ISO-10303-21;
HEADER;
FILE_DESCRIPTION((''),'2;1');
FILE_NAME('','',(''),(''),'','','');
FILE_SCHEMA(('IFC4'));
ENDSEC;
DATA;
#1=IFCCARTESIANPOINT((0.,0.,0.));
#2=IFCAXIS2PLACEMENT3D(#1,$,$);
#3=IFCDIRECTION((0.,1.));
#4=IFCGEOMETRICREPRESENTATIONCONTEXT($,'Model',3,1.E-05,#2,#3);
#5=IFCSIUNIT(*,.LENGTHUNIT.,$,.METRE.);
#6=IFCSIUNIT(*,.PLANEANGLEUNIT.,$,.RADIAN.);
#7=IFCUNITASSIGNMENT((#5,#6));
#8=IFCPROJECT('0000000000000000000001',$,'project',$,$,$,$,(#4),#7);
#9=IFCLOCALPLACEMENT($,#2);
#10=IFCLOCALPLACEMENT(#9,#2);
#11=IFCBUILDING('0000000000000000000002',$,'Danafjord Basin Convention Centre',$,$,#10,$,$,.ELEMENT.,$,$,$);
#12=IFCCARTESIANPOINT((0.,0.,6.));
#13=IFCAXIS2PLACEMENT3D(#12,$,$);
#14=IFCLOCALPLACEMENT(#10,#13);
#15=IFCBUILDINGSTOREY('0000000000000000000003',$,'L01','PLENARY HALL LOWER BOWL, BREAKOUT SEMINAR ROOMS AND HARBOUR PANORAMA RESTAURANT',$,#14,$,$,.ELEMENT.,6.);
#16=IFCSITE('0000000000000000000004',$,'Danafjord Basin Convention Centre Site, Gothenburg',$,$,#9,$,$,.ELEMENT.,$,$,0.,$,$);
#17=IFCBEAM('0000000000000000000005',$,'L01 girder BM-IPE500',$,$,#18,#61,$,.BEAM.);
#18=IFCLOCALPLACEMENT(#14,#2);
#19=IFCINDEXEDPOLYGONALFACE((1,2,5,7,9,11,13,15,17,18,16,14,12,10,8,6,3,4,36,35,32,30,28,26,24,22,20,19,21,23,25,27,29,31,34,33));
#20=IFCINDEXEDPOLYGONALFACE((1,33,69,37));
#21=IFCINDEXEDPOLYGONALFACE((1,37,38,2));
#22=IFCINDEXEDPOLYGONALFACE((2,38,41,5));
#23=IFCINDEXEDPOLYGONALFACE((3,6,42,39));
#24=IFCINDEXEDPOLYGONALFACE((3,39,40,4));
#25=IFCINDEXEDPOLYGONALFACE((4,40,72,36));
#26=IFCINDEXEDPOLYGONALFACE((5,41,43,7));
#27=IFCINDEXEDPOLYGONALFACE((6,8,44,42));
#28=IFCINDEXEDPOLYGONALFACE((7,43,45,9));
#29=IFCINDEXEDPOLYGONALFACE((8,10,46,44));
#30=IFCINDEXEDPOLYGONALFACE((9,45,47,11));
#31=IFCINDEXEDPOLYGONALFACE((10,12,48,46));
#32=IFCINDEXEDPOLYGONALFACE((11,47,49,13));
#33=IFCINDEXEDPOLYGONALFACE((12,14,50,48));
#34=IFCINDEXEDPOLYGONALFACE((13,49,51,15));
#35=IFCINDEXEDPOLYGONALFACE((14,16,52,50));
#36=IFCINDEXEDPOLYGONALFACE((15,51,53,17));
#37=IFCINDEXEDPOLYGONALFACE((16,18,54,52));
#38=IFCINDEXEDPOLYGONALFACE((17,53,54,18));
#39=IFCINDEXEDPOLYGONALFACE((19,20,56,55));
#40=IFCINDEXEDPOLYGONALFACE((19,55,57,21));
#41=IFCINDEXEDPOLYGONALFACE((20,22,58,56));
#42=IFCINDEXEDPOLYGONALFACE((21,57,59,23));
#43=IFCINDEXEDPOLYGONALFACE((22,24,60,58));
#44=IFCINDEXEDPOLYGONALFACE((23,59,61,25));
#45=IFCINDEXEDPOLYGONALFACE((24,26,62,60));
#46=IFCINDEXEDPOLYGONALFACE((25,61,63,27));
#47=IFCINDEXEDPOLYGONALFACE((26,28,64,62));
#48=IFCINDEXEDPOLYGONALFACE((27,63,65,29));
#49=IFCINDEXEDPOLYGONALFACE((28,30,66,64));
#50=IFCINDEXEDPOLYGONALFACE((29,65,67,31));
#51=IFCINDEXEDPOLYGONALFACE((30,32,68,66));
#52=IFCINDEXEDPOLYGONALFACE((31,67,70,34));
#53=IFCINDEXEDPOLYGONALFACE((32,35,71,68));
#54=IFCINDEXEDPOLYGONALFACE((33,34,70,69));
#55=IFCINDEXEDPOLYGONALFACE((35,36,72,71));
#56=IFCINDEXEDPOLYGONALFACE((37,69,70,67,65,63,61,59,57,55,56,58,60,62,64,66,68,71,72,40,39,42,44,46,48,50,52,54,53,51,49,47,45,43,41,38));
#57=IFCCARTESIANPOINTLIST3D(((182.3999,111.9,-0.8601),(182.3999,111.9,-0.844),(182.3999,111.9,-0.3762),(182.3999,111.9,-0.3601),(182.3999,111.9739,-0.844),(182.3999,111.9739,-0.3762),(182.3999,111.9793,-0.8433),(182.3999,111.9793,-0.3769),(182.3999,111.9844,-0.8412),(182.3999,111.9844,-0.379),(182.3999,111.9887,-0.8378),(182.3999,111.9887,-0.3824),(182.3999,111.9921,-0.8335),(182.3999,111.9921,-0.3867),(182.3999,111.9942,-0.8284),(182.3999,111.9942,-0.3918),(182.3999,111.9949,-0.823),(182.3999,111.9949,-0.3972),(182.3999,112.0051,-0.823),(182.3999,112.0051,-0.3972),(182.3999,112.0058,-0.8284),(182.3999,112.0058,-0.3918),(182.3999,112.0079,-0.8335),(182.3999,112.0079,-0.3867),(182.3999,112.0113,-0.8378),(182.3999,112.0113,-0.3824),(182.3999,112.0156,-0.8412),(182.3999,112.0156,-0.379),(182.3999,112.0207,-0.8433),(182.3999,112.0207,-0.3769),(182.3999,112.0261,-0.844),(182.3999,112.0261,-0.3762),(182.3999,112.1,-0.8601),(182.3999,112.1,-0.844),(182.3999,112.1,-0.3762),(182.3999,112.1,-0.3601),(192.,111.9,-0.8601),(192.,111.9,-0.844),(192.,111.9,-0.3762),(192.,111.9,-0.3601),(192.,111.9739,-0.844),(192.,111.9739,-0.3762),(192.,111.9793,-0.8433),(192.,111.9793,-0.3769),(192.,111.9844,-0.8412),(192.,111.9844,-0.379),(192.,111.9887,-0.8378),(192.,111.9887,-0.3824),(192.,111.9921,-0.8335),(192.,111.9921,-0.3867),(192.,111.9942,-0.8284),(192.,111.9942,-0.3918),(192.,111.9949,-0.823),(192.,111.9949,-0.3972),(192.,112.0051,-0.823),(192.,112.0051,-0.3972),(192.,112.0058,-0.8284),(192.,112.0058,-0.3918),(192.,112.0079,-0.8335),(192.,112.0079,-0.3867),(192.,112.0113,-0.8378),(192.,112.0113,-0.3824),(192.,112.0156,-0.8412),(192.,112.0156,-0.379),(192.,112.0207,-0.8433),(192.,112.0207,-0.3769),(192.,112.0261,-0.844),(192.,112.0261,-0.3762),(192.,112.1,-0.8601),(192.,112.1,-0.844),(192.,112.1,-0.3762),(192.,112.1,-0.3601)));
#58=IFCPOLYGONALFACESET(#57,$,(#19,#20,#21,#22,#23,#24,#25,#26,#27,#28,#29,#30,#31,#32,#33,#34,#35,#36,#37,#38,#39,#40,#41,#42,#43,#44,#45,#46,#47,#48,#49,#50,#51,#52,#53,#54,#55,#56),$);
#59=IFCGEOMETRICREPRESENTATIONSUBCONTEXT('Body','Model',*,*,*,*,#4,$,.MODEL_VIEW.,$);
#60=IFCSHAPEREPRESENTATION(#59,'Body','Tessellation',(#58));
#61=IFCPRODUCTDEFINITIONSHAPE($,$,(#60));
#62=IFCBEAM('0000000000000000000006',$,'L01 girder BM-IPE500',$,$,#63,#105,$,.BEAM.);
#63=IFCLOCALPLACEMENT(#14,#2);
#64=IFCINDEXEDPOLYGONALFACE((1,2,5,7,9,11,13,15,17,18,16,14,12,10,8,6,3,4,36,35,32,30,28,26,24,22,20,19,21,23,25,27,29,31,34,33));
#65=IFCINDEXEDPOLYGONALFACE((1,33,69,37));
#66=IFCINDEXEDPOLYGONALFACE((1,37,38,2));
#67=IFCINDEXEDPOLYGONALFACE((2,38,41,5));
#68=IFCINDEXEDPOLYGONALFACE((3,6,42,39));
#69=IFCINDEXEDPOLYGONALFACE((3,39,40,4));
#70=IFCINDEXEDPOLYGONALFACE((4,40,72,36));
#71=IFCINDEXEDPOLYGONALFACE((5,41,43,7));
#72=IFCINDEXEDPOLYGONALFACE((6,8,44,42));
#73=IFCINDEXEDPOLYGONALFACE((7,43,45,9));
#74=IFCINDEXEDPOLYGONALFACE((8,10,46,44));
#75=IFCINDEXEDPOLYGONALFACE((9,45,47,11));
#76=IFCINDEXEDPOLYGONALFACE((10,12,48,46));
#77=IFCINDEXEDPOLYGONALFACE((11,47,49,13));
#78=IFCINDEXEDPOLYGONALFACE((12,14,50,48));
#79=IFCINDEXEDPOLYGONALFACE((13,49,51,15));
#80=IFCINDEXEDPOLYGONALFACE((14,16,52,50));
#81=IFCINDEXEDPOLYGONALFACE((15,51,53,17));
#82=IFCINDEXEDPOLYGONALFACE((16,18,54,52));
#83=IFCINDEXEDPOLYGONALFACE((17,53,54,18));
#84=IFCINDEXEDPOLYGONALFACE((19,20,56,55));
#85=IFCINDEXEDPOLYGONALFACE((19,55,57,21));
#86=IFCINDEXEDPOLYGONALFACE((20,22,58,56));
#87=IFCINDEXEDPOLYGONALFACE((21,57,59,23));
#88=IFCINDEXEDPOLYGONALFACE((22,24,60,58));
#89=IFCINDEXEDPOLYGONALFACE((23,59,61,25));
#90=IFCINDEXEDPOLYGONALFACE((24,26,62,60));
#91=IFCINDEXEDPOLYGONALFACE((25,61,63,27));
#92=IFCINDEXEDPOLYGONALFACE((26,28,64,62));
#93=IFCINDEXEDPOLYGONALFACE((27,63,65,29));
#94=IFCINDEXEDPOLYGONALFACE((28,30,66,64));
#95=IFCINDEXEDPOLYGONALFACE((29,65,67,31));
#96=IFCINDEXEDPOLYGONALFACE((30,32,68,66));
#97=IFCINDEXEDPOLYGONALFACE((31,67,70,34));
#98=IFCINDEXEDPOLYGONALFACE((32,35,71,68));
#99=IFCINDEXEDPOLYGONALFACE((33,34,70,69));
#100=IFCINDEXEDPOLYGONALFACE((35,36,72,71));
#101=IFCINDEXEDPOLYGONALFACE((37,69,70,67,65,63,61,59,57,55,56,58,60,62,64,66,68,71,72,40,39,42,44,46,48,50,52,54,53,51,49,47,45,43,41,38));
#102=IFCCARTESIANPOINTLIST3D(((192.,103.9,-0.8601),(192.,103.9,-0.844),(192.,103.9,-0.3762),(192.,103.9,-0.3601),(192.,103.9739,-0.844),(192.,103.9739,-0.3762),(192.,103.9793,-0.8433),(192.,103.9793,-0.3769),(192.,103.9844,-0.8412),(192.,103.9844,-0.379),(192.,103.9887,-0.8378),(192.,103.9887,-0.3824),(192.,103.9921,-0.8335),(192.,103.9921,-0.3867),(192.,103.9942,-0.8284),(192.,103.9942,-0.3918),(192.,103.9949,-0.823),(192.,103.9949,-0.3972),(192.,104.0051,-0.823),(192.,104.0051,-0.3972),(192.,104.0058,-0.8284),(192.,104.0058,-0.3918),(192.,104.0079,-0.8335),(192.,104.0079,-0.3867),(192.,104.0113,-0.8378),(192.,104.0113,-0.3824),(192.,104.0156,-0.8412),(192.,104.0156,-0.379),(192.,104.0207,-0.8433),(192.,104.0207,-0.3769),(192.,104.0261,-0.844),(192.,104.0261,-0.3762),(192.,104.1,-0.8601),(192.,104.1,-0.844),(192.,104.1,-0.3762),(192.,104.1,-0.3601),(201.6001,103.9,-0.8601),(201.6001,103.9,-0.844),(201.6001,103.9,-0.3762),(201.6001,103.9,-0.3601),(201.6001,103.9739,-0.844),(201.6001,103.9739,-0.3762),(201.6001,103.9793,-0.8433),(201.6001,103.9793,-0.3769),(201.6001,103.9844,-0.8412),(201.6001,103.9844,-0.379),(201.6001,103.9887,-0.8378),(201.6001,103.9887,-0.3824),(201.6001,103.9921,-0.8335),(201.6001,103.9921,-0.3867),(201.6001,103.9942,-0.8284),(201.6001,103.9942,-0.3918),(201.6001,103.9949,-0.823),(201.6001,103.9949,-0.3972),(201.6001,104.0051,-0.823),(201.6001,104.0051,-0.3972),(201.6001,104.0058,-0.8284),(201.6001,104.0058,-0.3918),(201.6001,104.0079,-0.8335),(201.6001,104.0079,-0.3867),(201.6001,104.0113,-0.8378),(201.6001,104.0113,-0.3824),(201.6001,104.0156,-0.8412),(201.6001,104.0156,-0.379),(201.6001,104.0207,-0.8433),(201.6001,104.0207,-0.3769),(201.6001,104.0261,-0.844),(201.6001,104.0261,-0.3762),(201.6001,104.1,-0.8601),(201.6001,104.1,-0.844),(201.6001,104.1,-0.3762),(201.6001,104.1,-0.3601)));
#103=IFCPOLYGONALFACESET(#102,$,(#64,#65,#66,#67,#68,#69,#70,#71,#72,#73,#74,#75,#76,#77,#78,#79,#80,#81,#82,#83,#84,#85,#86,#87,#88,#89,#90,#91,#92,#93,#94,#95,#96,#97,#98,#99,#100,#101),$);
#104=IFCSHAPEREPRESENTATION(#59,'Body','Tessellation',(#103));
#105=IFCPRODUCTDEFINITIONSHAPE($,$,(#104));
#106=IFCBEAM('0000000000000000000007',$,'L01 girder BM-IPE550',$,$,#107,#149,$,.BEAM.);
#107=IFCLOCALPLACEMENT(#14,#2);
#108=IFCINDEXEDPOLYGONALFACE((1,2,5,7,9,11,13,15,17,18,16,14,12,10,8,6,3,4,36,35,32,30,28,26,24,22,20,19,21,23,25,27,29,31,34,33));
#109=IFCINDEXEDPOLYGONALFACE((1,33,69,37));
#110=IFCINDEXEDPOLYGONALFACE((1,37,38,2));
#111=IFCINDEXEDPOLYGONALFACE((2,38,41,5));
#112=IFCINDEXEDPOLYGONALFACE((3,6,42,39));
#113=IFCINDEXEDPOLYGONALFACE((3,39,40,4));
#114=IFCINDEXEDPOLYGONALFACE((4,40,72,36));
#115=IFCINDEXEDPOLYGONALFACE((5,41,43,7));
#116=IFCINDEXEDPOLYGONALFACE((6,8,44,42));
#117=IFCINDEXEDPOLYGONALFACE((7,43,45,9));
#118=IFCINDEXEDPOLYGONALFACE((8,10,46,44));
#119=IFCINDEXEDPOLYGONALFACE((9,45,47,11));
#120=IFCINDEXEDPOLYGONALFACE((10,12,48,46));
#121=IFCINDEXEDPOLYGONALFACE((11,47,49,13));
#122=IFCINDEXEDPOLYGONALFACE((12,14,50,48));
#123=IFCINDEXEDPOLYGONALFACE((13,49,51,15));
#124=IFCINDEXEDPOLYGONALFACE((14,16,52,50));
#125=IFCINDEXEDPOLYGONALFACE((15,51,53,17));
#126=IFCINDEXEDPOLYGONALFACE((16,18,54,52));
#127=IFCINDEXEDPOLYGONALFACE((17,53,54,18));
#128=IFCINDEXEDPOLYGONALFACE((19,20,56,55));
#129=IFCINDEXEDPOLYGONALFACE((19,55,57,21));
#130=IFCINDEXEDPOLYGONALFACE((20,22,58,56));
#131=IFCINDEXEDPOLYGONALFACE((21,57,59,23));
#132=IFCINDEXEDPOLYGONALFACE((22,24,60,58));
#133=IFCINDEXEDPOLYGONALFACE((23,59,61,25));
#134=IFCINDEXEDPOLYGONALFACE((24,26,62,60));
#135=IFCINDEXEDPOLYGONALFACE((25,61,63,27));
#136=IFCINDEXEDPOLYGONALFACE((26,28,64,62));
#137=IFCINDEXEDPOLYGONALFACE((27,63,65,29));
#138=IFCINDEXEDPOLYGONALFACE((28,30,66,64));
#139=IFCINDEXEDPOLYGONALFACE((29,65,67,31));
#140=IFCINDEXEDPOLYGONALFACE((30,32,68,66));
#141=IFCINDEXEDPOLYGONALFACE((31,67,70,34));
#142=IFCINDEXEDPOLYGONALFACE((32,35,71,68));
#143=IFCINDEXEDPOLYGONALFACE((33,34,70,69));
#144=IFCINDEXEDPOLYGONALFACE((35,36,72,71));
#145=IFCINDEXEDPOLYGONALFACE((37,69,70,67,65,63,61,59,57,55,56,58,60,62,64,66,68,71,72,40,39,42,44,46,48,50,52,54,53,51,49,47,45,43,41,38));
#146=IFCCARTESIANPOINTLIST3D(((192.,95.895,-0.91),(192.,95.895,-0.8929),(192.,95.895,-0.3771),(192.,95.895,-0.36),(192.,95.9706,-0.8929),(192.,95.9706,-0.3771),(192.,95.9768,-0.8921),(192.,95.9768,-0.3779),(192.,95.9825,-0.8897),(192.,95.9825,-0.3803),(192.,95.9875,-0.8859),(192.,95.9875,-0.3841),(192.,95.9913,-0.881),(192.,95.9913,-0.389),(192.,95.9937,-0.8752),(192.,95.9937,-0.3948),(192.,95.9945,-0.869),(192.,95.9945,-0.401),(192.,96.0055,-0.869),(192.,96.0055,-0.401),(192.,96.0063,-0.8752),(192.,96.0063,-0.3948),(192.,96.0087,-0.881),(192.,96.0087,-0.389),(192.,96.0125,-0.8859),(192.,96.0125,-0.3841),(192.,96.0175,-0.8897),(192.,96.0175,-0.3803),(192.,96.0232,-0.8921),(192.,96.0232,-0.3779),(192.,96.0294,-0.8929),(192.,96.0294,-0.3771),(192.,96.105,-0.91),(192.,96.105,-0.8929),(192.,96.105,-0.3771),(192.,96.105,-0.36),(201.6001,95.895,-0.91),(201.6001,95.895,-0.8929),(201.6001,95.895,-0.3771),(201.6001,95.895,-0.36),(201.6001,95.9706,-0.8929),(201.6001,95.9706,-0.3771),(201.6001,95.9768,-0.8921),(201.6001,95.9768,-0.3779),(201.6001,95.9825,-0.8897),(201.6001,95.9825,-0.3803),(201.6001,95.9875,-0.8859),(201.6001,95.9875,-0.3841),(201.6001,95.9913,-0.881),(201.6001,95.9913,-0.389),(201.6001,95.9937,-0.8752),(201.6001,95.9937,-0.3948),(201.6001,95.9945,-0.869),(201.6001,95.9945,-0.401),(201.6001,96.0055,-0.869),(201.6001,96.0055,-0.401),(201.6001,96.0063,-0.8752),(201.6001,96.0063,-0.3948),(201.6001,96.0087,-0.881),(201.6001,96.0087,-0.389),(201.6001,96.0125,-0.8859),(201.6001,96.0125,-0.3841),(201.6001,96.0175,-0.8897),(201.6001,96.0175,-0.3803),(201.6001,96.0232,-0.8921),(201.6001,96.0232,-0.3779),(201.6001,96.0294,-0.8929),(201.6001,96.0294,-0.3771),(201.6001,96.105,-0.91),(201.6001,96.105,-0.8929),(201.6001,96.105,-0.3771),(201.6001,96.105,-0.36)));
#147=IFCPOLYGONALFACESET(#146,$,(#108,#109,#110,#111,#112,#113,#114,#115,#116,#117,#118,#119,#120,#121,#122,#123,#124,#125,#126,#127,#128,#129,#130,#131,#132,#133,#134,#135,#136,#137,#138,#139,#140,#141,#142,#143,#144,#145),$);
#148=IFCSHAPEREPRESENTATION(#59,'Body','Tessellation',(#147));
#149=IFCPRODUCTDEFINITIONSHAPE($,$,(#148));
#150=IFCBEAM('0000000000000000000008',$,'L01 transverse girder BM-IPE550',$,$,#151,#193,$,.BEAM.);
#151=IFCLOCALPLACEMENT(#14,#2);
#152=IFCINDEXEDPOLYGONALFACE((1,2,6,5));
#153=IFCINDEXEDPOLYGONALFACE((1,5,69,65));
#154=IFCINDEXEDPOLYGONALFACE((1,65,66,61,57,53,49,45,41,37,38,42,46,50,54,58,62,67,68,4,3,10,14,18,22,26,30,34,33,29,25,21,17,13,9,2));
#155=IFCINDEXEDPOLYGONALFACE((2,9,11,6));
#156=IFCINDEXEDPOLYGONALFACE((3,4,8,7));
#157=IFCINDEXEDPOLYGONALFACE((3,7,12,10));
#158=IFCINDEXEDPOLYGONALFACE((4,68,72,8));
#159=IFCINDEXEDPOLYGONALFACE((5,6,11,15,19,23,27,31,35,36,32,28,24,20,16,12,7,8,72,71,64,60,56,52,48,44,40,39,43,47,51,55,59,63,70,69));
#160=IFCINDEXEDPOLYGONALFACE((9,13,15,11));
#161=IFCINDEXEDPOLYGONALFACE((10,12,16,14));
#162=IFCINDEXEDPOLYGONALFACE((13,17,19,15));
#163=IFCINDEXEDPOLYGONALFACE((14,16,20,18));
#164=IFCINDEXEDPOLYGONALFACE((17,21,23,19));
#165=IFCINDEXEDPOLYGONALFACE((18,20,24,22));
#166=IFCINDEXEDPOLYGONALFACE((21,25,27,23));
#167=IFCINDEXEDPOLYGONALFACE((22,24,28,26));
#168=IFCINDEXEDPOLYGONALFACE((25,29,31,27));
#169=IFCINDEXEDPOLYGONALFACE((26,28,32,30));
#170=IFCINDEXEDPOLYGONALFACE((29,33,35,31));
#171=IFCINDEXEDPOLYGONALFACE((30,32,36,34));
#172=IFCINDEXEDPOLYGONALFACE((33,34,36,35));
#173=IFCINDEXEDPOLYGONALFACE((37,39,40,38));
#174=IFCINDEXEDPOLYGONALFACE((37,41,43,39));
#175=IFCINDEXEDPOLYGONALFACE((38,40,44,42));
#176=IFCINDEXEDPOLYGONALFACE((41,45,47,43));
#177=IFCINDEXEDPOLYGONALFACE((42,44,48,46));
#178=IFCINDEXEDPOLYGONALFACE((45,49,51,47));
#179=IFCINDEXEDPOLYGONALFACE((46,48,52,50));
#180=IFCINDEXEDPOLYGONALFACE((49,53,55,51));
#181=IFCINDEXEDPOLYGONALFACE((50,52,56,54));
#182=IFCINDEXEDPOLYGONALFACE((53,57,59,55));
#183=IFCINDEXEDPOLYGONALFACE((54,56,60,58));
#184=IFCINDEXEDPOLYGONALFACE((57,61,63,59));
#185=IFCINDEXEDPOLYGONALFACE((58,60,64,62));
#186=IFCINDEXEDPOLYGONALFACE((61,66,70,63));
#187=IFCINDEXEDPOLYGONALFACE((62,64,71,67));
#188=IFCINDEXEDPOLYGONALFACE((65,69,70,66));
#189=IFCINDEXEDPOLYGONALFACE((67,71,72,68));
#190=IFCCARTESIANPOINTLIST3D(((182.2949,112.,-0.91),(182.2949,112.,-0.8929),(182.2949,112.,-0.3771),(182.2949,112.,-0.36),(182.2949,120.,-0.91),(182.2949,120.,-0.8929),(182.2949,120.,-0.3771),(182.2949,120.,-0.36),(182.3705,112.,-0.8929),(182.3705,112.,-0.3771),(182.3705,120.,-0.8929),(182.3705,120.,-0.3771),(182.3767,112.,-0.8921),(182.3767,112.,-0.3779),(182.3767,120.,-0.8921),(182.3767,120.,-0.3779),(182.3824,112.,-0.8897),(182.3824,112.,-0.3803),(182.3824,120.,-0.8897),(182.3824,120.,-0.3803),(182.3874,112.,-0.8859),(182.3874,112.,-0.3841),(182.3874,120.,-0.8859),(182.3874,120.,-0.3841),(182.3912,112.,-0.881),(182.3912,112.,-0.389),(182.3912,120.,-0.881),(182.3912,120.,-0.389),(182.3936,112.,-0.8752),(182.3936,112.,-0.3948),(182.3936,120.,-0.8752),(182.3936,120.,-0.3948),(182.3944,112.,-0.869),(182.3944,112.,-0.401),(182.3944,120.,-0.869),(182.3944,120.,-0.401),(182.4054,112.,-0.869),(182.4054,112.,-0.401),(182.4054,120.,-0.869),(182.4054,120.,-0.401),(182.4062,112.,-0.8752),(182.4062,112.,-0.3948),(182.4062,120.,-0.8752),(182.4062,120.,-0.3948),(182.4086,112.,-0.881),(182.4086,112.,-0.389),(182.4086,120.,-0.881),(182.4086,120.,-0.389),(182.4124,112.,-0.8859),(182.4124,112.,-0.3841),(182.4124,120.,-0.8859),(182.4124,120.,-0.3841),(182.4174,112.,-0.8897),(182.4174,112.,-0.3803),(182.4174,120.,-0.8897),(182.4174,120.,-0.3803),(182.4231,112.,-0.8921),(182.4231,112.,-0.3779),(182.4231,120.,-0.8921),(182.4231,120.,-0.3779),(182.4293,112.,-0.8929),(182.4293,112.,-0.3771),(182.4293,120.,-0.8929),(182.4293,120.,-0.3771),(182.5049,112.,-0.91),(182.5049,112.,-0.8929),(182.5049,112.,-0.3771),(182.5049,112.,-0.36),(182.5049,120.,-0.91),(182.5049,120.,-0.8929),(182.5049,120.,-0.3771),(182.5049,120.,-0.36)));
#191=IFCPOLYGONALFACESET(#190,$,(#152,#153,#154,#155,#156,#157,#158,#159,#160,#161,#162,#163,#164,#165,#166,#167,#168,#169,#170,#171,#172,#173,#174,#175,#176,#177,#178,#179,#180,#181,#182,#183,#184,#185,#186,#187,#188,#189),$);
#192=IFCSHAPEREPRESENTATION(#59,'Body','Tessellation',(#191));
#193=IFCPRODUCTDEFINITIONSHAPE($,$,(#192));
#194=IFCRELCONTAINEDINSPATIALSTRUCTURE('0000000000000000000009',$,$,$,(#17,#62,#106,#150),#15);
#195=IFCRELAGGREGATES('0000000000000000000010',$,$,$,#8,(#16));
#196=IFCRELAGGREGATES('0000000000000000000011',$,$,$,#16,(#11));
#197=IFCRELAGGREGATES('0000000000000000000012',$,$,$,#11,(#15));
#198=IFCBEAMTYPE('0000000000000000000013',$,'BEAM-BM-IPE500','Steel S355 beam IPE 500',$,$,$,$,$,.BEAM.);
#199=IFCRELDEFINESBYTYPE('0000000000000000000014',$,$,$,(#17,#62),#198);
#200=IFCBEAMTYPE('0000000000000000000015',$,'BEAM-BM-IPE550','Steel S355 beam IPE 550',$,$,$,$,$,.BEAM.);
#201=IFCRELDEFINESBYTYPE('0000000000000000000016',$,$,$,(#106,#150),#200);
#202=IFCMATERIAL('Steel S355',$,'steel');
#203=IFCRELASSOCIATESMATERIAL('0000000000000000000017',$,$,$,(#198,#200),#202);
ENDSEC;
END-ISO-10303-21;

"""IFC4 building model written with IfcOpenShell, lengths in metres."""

from ifc_helpers import new_model, si_unit, direction, frame, origin, origin_2d, place, context, subcontext, project, spatial, i_section, extrude, material, material_profile, profile_set, type_object, element, save


model = new_model("IFC4")

# Units and contexts
model_context = context("Model", 3, precision=1e-05, world=origin(), true_north=direction((0.0, 1.0)))
body_context = subcontext(model_context, "Body", "Model", "MODEL_VIEW")
ifc_project = project(units=[si_unit("LENGTHUNIT", "METRE"), si_unit("PLANEANGLEUNIT", "RADIAN")], contexts=[model_context])

# Site, building, storey
site_placement = place(None, origin())
site = spatial("IfcSite", under=ifc_project, at=site_placement, Name="Danafjord Basin Convention Centre Site, Gothenburg", CompositionType="ELEMENT", RefElevation=0.0)
building_placement = place(site_placement, origin())
building = spatial("IfcBuilding", under=site, at=building_placement, Name="Danafjord Basin Convention Centre", CompositionType="ELEMENT")
storey_placement = place(building_placement, frame((0.0, 0.0, 6.0)))
storey = spatial("IfcBuildingStorey", under=building, at=storey_placement, Name="L01", Description="PLENARY HALL LOWER BOWL, BREAKOUT SEMINAR ROOMS AND HARBOUR PANORAMA RESTAURANT", CompositionType="ELEMENT", Elevation=6.0)

# Shared definitions
ifc_material_1 = material(Name="Steel S355", Category="steel")

# Beams
ifc_material_profile_1 = material_profile(ifc_material_1, i_section(OverallWidth=0.2, OverallDepth=0.5, WebThickness=0.0103, FlangeThickness=0.0161, FilletRadius=0.021, at=origin_2d()), Name="IPE 500")
ifc_profile_set_1 = profile_set([ifc_material_profile_1], Name="Steel S355")
beam_type_1 = type_object("IfcBeamType", Name="BEAM-BM-IPE500", Description="Steel S355 beam IPE 500", PredefinedType="BEAM", material=ifc_profile_set_1)
for number, where, z_axis, x_axis, name in (
    (1, (182.3999, 112.0, -0.6101), (1.0, 0.0, 0.0), (0.0, 1.0, 0.0), "L01 girder BM-IPE500"),
    (2, (192.0, 104.0, -0.6101), (1.0, 0.0, 0.0), (0.0, 1.0, 0.0), "L01 girder BM-IPE500"),
):
    element("IfcBeam", number, at=place(storey_placement, frame(where, z_axis=z_axis, x_axis=x_axis)), inside=storey, type_object=beam_type_1, Name=name, PredefinedType="BEAM", context=body_context, shape_type="SweptSolid", body=[
        extrude(i_section(OverallWidth=0.2, OverallDepth=0.5, WebThickness=0.0103, FlangeThickness=0.0161, FilletRadius=0.021, at=origin_2d()), origin(), (0.0, 0.0, 1.0), 9.6001),
    ])
ifc_material_profile_2 = material_profile(ifc_material_1, i_section(OverallWidth=0.21, OverallDepth=0.55, WebThickness=0.011, FlangeThickness=0.0171, FilletRadius=0.0239, at=origin_2d()), Name="IPE 550")
ifc_profile_set_2 = profile_set([ifc_material_profile_2], Name="Steel S355")
beam_type_2 = type_object("IfcBeamType", Name="BEAM-BM-IPE550", Description="Steel S355 beam IPE 550", PredefinedType="BEAM", material=ifc_profile_set_2)
beam_1_placement = place(storey_placement, frame((192.0, 96.0, -0.635), z_axis=(1.0, 0.0, 0.0), x_axis=(0.0, 1.0, 0.0)))
element("IfcBeam", 3, at=beam_1_placement, inside=storey, type_object=beam_type_2, Name="L01 girder BM-IPE550", PredefinedType="BEAM", context=body_context, shape_type="SweptSolid", body=[
    extrude(i_section(OverallWidth=0.21, OverallDepth=0.55, WebThickness=0.011, FlangeThickness=0.0171, FilletRadius=0.0239, at=origin_2d()), origin(), (0.0, 0.0, 1.0), 9.6001),
])
for number, where, z_axis, x_axis, name in (
    (4, (182.3999, 112.0, -0.635), (0.0, 1.0, 0.0), (-1.0, 0.0, 0.0), "L01 transverse girder BM-IPE550"),
):
    element("IfcBeam", number, at=place(storey_placement, frame(where, z_axis=z_axis, x_axis=x_axis)), inside=storey, type_object=beam_type_2, Name=name, PredefinedType="BEAM", context=body_context, shape_type="SweptSolid", body=[
        extrude(i_section(OverallWidth=0.21, OverallDepth=0.55, WebThickness=0.011, FlangeThickness=0.0171, FilletRadius=0.0239, at=origin_2d()), origin(), (0.0, 0.0, 1.0), 8.0),
    ])

save(model, "model.ifc")
